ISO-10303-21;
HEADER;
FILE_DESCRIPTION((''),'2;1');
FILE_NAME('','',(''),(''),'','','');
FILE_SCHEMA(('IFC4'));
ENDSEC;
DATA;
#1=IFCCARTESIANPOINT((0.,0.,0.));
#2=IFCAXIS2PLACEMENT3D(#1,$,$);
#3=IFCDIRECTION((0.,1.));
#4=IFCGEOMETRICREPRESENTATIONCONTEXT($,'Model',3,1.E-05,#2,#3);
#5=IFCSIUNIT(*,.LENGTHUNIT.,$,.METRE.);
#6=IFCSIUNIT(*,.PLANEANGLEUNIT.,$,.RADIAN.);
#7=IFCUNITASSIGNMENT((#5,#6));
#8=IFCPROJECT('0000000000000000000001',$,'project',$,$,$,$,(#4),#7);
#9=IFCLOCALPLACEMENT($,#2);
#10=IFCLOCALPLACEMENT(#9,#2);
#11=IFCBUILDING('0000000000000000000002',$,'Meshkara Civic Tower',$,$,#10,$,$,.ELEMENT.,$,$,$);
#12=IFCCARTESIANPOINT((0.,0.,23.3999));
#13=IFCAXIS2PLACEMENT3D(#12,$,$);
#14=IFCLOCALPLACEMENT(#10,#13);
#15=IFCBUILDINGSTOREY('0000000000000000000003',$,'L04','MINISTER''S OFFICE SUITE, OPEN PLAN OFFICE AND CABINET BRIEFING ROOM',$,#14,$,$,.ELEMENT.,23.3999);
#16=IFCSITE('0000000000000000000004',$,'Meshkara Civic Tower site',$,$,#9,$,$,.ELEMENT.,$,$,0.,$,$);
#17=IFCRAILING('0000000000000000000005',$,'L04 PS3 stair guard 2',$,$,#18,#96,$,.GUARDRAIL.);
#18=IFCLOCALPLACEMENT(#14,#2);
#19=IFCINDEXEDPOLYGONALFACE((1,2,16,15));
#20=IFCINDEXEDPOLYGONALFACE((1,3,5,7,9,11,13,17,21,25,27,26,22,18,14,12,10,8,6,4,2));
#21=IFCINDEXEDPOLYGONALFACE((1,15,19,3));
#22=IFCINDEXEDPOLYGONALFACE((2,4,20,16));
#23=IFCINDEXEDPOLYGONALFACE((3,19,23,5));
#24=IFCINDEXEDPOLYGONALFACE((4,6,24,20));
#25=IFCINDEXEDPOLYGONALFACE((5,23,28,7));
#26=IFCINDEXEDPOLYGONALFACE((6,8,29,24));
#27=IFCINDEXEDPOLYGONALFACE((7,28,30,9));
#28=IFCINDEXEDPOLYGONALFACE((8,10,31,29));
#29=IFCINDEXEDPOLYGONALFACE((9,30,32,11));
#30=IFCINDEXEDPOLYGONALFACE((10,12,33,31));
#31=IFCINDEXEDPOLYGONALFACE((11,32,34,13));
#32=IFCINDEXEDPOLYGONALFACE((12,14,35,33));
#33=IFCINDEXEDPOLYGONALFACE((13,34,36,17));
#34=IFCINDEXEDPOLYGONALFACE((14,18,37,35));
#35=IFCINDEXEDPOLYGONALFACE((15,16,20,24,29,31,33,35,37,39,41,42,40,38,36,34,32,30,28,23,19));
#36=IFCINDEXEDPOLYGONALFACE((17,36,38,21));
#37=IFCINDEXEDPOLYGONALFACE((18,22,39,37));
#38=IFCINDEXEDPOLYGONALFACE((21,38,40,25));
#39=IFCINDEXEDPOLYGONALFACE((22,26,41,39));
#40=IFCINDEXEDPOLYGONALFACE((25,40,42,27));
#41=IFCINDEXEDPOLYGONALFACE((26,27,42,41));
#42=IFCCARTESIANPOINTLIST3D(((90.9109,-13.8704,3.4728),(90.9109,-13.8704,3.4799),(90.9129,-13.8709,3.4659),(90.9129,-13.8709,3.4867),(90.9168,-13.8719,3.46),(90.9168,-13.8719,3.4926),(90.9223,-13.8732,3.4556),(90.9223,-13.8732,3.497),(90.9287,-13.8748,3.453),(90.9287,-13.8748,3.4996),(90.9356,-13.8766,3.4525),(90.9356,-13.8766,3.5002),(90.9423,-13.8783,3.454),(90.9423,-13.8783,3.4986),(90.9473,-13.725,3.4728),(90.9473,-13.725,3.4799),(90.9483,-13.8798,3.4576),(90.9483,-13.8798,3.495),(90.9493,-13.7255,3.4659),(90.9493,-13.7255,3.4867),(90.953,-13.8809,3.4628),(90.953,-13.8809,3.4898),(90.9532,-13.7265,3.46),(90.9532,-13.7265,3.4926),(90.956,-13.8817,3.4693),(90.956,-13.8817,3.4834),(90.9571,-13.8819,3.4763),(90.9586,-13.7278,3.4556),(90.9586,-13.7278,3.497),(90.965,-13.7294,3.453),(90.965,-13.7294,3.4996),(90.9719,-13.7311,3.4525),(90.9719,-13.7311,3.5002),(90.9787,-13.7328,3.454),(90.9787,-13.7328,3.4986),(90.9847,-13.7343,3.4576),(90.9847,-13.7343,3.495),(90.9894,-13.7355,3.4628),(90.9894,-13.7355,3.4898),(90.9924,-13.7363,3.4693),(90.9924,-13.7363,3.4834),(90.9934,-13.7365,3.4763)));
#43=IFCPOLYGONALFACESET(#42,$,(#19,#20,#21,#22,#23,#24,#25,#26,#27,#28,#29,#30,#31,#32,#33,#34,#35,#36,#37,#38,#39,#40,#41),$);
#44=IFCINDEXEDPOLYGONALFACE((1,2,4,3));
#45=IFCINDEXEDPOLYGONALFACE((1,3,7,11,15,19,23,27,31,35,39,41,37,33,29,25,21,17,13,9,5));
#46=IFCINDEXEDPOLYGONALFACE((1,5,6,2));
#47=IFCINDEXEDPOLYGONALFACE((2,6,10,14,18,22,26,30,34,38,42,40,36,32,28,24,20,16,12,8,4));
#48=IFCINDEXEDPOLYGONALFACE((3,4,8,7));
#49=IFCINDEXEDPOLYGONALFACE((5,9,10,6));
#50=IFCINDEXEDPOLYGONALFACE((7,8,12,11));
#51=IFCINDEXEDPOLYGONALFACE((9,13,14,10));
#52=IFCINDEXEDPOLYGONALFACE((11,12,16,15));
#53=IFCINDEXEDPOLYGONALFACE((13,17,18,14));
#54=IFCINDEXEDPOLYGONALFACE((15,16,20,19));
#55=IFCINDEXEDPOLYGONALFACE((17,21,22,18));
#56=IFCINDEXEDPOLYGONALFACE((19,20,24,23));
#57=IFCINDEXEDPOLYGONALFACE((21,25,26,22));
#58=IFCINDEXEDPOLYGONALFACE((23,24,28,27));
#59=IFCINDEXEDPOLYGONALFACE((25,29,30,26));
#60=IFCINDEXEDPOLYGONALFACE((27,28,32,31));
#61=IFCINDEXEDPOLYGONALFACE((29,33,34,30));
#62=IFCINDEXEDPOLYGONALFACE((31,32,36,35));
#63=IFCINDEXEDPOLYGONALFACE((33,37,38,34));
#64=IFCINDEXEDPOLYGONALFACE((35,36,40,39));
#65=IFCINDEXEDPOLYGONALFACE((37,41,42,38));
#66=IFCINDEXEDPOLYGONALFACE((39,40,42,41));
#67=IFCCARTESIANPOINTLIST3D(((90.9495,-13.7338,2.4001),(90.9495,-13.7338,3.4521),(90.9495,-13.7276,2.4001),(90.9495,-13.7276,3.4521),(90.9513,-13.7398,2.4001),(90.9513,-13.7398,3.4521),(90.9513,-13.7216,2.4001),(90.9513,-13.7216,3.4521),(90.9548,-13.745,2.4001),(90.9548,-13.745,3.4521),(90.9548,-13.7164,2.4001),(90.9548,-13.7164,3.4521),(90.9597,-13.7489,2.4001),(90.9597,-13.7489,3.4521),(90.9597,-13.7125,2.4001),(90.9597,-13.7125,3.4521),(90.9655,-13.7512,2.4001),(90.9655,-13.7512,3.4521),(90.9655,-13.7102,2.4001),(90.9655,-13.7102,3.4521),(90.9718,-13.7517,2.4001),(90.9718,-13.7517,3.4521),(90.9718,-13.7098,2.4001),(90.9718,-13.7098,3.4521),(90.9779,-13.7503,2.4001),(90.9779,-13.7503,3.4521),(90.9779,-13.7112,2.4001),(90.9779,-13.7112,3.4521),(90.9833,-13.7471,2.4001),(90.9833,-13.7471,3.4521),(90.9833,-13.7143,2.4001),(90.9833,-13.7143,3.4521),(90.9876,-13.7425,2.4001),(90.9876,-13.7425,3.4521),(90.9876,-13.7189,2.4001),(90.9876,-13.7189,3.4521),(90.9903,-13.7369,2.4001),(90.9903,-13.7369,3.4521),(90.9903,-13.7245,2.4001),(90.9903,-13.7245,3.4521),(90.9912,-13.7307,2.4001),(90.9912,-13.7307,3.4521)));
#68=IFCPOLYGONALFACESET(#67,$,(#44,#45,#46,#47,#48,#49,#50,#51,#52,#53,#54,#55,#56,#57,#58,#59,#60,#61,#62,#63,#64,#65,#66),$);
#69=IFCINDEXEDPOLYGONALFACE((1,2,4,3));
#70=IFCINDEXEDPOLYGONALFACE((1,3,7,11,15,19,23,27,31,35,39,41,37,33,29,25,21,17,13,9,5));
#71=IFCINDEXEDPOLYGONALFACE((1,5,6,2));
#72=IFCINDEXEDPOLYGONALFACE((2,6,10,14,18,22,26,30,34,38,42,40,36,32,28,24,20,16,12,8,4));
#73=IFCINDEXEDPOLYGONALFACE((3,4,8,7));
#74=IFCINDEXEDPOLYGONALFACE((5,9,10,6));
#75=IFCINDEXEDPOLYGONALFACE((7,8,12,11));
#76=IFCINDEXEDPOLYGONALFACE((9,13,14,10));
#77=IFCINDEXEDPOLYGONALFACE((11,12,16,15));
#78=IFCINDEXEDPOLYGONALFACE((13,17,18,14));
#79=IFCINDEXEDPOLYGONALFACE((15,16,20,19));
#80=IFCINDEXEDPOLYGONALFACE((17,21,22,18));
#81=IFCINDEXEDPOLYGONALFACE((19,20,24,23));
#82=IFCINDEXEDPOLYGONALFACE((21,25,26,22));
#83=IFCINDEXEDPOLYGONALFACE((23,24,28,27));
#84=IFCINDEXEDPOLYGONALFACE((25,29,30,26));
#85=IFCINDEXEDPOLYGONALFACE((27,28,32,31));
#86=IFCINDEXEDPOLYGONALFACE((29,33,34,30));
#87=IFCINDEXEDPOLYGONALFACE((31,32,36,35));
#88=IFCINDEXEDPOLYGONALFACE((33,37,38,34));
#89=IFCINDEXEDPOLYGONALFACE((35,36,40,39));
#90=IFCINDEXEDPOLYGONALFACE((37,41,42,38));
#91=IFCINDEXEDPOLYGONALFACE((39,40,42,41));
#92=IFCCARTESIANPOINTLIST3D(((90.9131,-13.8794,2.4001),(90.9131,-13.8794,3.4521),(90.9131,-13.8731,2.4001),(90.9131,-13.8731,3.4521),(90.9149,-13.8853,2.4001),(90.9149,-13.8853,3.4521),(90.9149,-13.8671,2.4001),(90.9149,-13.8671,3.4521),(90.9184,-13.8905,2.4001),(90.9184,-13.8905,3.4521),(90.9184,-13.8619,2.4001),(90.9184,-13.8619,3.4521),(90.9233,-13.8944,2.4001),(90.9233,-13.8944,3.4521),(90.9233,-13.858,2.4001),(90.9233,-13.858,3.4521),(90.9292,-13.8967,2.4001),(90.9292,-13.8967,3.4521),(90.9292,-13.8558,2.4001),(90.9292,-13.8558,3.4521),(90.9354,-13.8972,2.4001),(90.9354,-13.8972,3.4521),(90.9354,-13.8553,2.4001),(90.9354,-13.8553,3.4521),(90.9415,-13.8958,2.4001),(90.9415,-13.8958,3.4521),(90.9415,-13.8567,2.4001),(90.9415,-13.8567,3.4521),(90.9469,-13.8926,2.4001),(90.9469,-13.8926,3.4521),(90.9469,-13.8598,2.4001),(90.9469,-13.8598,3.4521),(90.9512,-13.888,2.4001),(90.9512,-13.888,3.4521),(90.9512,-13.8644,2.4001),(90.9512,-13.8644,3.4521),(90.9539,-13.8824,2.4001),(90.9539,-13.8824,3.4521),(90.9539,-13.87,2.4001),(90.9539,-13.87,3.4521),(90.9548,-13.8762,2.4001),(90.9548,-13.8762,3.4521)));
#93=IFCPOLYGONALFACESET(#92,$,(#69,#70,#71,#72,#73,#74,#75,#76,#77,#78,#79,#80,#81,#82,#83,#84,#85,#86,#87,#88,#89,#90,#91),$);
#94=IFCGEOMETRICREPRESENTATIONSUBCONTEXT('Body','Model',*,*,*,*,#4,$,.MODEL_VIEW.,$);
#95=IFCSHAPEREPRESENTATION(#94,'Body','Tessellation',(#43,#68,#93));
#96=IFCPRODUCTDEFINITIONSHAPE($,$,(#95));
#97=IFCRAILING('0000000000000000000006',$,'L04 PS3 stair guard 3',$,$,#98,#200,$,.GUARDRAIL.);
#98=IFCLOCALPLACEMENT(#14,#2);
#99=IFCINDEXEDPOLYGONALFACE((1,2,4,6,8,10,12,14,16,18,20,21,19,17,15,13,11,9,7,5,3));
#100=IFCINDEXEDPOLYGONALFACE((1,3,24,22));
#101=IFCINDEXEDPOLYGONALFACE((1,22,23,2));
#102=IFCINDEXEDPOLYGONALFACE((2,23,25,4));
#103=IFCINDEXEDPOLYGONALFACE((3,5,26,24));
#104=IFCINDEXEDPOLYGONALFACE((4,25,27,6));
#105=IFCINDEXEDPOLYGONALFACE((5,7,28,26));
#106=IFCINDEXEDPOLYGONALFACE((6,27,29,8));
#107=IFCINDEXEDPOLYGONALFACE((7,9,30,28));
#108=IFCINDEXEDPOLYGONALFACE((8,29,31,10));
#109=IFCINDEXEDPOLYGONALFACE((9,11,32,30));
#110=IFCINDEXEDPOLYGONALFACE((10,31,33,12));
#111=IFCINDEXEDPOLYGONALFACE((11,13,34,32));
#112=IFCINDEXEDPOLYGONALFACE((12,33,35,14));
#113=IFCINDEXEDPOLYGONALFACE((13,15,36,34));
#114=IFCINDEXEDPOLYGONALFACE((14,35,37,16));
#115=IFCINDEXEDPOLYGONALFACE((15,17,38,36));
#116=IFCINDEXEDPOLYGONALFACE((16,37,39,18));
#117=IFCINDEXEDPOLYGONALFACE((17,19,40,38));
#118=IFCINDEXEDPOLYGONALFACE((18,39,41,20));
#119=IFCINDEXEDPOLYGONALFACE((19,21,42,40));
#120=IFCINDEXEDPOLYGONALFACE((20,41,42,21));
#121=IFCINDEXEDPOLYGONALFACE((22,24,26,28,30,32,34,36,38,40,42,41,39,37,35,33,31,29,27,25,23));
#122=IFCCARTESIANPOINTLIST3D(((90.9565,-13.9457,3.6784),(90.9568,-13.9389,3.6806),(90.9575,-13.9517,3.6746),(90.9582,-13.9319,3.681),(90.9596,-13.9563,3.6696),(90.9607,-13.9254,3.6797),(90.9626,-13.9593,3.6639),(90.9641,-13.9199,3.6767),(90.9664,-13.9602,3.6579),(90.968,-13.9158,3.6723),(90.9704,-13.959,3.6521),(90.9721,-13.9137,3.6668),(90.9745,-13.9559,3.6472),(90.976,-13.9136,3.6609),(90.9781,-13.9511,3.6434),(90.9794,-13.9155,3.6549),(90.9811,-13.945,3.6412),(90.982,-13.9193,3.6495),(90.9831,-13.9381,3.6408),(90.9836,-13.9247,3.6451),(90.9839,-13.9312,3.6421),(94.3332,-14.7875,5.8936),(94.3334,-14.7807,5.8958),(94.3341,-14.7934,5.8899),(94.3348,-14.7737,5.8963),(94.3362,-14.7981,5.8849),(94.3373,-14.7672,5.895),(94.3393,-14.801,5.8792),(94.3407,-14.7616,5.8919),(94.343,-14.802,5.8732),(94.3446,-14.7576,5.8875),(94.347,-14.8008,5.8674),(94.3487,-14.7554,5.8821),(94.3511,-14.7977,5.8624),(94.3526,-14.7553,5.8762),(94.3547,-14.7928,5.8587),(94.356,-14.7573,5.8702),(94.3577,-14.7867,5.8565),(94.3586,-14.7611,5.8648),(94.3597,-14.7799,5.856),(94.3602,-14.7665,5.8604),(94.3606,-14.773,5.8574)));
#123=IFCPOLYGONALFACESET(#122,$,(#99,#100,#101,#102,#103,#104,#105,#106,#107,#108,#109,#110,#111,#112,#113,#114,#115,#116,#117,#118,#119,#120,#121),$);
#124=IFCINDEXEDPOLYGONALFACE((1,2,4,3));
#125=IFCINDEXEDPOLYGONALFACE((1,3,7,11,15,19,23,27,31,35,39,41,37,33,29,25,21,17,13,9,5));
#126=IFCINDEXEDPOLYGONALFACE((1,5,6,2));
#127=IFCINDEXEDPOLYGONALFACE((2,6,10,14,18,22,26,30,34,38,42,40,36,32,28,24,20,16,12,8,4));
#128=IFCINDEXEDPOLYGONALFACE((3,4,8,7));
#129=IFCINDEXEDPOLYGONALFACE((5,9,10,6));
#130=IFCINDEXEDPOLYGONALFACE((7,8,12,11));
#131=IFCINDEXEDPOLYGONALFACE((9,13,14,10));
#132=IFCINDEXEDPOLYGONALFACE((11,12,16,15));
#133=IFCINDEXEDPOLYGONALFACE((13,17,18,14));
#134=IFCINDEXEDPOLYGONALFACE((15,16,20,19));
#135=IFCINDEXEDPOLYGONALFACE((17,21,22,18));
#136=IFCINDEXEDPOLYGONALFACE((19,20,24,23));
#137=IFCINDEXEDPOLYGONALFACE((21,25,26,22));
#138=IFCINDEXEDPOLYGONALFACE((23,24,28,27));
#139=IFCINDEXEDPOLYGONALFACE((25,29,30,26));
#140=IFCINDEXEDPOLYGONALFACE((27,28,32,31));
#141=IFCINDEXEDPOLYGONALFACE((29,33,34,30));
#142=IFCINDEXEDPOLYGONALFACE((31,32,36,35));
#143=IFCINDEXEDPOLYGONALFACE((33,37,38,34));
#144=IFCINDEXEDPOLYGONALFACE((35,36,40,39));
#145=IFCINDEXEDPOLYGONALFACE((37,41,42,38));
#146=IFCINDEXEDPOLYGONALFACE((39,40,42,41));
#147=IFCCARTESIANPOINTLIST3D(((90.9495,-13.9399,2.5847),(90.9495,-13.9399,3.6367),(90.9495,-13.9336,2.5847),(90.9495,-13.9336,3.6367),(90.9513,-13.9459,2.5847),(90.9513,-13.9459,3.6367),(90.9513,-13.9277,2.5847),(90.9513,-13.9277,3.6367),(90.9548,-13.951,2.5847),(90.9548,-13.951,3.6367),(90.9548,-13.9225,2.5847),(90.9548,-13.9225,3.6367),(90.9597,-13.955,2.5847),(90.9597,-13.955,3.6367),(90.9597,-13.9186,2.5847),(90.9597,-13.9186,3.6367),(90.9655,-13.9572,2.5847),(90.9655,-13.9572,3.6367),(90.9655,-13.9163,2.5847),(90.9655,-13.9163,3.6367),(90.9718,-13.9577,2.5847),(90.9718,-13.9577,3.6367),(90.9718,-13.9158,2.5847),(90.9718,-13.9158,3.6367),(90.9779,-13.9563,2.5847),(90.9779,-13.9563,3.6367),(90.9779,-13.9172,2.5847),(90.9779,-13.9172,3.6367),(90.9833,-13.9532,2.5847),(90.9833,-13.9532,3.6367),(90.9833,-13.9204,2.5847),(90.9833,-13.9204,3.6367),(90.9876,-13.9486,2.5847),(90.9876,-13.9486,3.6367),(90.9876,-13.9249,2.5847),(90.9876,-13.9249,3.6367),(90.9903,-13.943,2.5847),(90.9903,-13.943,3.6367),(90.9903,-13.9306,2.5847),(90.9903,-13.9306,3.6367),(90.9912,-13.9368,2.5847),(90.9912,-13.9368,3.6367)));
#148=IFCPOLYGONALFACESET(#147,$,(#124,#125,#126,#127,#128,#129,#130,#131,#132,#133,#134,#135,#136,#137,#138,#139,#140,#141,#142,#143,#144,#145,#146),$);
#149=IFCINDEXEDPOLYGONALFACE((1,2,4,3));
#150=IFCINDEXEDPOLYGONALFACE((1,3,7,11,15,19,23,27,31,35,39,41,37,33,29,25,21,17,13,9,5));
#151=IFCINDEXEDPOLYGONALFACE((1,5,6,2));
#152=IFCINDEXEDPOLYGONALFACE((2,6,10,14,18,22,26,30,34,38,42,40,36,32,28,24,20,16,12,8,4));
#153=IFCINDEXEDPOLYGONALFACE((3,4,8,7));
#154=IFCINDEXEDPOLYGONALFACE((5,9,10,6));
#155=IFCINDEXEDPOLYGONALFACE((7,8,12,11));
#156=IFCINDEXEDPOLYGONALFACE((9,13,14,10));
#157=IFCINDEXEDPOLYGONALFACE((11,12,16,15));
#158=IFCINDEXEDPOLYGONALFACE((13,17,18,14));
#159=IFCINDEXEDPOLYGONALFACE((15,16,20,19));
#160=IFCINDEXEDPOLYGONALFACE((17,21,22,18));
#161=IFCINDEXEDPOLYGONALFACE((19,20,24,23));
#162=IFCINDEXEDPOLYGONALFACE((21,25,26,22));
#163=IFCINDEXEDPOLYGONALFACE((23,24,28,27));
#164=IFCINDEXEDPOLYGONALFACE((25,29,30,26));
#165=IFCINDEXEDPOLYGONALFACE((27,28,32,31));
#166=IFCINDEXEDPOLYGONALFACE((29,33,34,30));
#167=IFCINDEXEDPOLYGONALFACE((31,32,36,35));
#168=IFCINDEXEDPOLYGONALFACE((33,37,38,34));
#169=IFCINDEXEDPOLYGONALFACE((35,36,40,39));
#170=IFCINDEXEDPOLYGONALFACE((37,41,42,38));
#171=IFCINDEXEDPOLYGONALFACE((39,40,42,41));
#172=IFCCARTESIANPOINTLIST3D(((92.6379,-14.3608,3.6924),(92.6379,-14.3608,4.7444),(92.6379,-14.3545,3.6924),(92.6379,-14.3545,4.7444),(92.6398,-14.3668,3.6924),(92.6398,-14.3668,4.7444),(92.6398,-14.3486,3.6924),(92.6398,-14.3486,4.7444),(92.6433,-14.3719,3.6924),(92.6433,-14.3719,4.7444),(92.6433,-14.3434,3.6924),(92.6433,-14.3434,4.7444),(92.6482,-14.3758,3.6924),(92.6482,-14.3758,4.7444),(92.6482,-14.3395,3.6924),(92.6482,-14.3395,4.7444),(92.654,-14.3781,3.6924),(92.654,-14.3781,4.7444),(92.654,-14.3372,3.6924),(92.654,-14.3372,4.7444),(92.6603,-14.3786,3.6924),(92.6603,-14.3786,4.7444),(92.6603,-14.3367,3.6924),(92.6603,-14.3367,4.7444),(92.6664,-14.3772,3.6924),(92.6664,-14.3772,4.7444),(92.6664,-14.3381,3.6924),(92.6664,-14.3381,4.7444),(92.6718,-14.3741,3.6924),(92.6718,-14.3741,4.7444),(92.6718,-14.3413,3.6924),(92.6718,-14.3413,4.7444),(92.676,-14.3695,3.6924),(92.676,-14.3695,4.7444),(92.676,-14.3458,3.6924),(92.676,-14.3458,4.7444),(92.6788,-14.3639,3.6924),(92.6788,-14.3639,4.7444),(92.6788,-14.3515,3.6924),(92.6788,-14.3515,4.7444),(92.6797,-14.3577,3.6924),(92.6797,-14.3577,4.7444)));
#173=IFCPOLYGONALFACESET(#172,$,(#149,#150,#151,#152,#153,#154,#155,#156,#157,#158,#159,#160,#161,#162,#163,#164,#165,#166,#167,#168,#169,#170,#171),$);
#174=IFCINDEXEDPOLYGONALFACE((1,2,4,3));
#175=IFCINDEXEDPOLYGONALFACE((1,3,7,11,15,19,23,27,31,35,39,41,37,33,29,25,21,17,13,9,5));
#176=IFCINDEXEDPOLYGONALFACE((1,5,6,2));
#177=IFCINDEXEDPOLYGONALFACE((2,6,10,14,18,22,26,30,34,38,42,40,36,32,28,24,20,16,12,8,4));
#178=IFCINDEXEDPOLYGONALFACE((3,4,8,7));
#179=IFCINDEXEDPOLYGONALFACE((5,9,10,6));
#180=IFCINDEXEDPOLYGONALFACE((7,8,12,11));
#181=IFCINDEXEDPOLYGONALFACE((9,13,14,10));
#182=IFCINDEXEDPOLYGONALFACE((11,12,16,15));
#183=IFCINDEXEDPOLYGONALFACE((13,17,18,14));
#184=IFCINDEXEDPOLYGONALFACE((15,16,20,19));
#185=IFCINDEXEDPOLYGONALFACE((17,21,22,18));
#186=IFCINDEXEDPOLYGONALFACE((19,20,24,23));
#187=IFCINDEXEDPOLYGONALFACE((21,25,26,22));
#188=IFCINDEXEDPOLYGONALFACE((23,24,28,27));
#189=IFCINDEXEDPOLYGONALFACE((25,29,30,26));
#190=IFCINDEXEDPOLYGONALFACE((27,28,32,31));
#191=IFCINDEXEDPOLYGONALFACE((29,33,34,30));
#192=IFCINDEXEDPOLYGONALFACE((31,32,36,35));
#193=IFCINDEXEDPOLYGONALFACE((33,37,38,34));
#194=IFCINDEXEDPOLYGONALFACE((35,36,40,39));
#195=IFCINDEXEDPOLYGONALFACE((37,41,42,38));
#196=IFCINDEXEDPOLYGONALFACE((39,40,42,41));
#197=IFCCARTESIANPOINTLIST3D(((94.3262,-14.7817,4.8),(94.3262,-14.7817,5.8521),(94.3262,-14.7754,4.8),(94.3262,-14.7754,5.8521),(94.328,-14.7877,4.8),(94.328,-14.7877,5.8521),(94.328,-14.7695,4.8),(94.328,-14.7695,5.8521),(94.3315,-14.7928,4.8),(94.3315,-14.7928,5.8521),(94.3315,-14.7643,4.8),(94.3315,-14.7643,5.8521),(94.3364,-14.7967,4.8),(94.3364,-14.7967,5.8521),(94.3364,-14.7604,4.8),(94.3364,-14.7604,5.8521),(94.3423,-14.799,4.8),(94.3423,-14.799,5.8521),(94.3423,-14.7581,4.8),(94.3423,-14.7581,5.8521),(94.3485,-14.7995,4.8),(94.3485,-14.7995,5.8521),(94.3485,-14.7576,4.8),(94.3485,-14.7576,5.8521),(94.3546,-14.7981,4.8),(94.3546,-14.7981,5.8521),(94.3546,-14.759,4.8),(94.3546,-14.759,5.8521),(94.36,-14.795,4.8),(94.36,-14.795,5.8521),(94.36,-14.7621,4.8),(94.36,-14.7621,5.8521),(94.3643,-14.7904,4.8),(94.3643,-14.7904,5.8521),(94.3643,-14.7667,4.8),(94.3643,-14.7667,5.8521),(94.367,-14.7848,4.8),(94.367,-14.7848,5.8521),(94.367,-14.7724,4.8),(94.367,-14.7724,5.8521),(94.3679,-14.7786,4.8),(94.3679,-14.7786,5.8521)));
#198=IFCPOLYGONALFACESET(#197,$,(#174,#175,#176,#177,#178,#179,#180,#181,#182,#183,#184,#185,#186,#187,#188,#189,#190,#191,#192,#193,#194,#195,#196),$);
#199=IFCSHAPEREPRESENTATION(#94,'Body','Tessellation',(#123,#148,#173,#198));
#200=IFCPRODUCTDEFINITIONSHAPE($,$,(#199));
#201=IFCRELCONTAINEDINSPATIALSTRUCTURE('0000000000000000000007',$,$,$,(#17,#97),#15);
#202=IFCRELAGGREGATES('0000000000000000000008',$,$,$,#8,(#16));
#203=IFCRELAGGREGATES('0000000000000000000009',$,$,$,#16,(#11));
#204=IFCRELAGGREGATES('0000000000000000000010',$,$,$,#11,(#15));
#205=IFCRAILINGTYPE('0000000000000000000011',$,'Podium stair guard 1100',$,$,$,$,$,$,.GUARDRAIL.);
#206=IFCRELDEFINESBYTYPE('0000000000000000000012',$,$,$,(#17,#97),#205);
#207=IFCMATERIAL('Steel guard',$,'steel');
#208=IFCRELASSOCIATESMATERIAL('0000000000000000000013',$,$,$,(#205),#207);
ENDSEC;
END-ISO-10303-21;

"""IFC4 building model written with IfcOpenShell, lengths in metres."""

from ifc_helpers import new_model, si_unit, direction, frame, origin, origin_2d, place, context, subcontext, project, spatial, circle, extrude, material, type_object, element, save


model = new_model("IFC4")

# Units and contexts
model_context = context("Model", 3, precision=1e-05, world=origin(), true_north=direction((0.0, 1.0)))
body_context = subcontext(model_context, "Body", "Model", "MODEL_VIEW")
ifc_project = project(units=[si_unit("LENGTHUNIT", "METRE"), si_unit("PLANEANGLEUNIT", "RADIAN")], contexts=[model_context])

# Site, building, storey
site_placement = place(None, origin())
site = spatial("IfcSite", under=ifc_project, at=site_placement, Name="Meshkara Civic Tower site", CompositionType="ELEMENT", RefElevation=0.0)
building_placement = place(site_placement, origin())
building = spatial("IfcBuilding", under=site, at=building_placement, Name="Meshkara Civic Tower", CompositionType="ELEMENT")
storey_placement = place(building_placement, frame((0.0, 0.0, 23.3999)))
storey = spatial("IfcBuildingStorey", under=building, at=storey_placement, Name="L04", Description="MINISTER'S OFFICE SUITE, OPEN PLAN OFFICE AND CABINET BRIEFING ROOM", CompositionType="ELEMENT", Elevation=23.3999)

# Railings
ifc_material_1 = material(Name="Steel guard", Category="steel")
railing_type_1 = type_object("IfcRailingType", Name="Podium stair guard 1100", PredefinedType="GUARDRAIL", material=ifc_material_1)
railing_1_placement = place(storey_placement, frame((90.9702, -13.7307, 2.4001)))
element("IfcRailing", 1, at=railing_1_placement, inside=storey, type_object=railing_type_1, Name="L04 PS3 stair guard 2", PredefinedType="GUARDRAIL", context=body_context, shape_type="SweptSolid", body=[
    extrude(circle(Radius=0.0239, at=origin_2d()), frame((0.0, 0.0, 1.0762), z_axis=(-0.242536, -0.970143, 0.0), x_axis=(0.970143, -0.242536, 0.0)), (0.0, 0.0, 1.0), 0.1499),
    extrude(circle(Radius=0.021, at=origin_2d()), origin(), (0.0, 0.0, 1.0), 1.052),
    extrude(circle(Radius=0.021, at=origin_2d()), frame((-0.0364, -0.1455, 0.0)), (0.0, 0.0, 1.0), 1.052),
])
railing_2_placement = place(storey_placement, frame((90.9702, -13.9368, 2.5847)))
element("IfcRailing", 2, at=railing_2_placement, inside=storey, type_object=railing_type_1, Name="L04 PS3 stair guard 3", PredefinedType="GUARDRAIL", context=body_context, shape_type="SweptSolid", body=[
    extrude(circle(Radius=0.0239, at=origin_2d()), frame((0.0, 0.0, 1.0762), z_axis=(0.818527, -0.204055, 0.537005), x_axis=(0.241892, 0.970303, 0.0)), (0.0, 0.0, 1.0), 4.1252),
    extrude(circle(Radius=0.021, at=origin_2d()), origin(), (0.0, 0.0, 1.0), 1.052),
    extrude(circle(Radius=0.021, at=origin_2d()), frame((1.6885, -0.4209, 1.1077)), (0.0, 0.0, 1.0), 1.052),
    extrude(circle(Radius=0.021, at=origin_2d()), frame((3.3767, -0.8418, 2.2153)), (0.0, 0.0, 1.0), 1.052),
])

save(model, "model.ifc")
